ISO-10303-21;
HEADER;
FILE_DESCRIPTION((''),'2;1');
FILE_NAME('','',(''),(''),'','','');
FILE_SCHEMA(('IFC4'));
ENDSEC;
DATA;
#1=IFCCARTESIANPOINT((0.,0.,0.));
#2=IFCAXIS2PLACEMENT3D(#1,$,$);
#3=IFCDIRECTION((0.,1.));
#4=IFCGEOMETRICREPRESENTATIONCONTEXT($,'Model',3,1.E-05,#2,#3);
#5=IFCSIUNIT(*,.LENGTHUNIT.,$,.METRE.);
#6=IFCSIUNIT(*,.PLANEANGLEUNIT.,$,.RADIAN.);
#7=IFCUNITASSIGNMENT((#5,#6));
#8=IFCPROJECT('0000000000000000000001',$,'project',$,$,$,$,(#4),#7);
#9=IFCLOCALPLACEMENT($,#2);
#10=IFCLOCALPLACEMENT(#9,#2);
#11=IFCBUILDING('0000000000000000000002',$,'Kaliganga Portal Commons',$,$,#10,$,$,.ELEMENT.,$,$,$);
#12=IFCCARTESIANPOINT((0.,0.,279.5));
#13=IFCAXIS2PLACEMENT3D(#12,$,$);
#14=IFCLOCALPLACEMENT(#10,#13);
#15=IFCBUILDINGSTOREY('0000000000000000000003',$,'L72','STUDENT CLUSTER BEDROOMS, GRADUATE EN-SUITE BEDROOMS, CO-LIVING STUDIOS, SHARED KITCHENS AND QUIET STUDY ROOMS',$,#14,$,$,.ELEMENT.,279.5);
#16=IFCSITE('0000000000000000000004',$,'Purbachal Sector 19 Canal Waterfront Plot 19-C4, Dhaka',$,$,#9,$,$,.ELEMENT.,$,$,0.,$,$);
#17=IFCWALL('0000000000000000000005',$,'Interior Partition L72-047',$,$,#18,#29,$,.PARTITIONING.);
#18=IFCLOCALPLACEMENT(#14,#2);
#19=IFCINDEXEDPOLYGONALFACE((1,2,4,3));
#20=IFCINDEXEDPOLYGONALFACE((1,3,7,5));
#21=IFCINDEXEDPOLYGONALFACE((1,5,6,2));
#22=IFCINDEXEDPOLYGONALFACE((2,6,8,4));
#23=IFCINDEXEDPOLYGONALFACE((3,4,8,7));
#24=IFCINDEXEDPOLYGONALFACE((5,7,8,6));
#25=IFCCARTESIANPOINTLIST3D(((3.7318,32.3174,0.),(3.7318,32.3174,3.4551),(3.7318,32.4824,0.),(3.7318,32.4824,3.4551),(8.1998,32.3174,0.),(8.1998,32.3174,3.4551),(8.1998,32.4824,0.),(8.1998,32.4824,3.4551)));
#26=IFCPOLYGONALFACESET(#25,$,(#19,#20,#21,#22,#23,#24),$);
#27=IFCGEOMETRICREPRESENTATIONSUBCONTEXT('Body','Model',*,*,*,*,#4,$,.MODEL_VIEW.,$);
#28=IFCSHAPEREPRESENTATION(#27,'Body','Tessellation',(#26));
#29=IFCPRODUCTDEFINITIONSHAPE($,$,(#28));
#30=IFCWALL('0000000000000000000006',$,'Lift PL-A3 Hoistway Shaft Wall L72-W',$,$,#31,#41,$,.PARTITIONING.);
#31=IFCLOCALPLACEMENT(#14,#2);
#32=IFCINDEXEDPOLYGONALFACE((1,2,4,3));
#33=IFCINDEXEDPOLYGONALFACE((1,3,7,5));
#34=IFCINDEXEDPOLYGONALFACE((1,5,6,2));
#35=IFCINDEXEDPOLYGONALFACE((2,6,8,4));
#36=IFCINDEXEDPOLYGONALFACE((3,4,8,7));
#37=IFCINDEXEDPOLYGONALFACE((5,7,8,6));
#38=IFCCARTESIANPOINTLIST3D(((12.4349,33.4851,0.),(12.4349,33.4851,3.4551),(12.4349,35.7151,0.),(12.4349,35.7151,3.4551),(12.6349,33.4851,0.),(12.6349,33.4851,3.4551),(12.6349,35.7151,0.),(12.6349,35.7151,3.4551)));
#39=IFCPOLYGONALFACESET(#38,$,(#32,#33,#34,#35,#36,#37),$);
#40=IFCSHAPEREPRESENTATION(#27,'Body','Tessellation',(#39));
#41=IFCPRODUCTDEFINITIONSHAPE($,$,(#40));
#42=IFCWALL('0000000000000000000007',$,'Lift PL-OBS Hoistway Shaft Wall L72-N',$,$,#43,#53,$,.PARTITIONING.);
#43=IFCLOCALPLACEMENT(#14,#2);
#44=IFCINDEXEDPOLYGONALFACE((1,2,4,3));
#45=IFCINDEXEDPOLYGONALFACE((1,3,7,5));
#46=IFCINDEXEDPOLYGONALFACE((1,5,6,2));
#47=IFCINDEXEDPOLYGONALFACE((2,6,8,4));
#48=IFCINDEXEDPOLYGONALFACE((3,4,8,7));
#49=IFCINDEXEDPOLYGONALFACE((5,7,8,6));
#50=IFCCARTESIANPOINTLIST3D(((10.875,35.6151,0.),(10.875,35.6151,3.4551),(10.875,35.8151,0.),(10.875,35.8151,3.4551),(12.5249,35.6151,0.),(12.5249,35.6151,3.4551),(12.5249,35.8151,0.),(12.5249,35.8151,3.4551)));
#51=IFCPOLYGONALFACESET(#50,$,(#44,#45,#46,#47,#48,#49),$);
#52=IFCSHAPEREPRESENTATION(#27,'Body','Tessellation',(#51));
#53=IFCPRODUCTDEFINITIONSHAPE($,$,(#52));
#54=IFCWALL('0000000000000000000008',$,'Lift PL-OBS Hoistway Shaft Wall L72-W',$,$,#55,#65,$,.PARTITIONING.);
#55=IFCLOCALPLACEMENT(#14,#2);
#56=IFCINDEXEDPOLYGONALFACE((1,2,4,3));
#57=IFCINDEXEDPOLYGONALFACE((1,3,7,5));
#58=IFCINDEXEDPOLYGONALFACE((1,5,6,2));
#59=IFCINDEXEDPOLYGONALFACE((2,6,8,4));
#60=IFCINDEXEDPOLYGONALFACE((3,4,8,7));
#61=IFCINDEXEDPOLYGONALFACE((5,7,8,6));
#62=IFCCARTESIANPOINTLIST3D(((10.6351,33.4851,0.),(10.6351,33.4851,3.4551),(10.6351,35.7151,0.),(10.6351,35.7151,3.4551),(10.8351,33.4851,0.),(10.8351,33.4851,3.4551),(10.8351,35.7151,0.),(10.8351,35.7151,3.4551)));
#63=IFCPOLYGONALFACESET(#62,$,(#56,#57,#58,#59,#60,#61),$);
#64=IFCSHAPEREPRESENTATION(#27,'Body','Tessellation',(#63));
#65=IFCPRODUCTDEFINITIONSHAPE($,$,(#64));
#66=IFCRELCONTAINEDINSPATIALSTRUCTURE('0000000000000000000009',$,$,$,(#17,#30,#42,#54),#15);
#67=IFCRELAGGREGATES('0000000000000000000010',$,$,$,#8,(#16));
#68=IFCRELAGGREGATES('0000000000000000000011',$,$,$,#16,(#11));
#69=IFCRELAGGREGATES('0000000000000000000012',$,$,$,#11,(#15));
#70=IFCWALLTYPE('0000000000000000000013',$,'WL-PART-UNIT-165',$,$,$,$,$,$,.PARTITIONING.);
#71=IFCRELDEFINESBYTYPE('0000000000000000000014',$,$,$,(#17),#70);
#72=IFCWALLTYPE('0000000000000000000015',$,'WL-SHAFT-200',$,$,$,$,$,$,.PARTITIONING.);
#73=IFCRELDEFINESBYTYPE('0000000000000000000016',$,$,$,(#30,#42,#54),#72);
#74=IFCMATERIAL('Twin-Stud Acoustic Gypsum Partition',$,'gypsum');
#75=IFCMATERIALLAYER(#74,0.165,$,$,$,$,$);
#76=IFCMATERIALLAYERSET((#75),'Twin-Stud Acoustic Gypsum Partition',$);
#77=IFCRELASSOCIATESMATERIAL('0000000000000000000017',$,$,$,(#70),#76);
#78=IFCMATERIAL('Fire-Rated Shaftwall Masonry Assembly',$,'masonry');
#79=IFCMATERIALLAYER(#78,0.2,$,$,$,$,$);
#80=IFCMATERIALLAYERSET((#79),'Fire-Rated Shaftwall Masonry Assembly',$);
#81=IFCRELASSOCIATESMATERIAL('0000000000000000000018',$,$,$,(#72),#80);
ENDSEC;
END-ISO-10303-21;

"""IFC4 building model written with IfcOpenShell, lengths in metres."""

from ifc_helpers import new_model, si_unit, direction, frame, frame_2d, origin, place, context, subcontext, project, spatial, rectangle, extrude, material, layer, layer_set, type_object, element, save


model = new_model("IFC4")

# Units and contexts
model_context = context("Model", 3, precision=1e-05, world=origin(), true_north=direction((0.0, 1.0)))
body_context = subcontext(model_context, "Body", "Model", "MODEL_VIEW")
ifc_project = project(units=[si_unit("LENGTHUNIT", "METRE"), si_unit("PLANEANGLEUNIT", "RADIAN")], contexts=[model_context])

# Site, building, storey
site_placement = place(None, origin())
site = spatial("IfcSite", under=ifc_project, at=site_placement, Name="Purbachal Sector 19 Canal Waterfront Plot 19-C4, Dhaka", CompositionType="ELEMENT", RefElevation=0.0)
building_placement = place(site_placement, origin())
building = spatial("IfcBuilding", under=site, at=building_placement, Name="Kaliganga Portal Commons", CompositionType="ELEMENT")
storey_placement = place(building_placement, frame((0.0, 0.0, 279.5)))
storey = spatial("IfcBuildingStorey", under=building, at=storey_placement, Name="L72", Description="STUDENT CLUSTER BEDROOMS, GRADUATE EN-SUITE BEDROOMS, CO-LIVING STUDIOS, SHARED KITCHENS AND QUIET STUDY ROOMS", CompositionType="ELEMENT", Elevation=279.5)

# Walls
ifc_material_1 = material(Name="Twin-Stud Acoustic Gypsum Partition", Category="gypsum")
ifc_layer_1 = layer(ifc_material_1, 0.165)
ifc_layer_set_1 = layer_set([ifc_layer_1], Name="Twin-Stud Acoustic Gypsum Partition")
wall_type_1 = type_object("IfcWallType", Name="WL-PART-UNIT-165", PredefinedType="PARTITIONING", material=ifc_layer_set_1)
wall_1_placement = place(storey_placement, frame((3.7319, 32.3999, 0.0), z_axis=(0.0, 0.0, 1.0), x_axis=(1.0, 0.0, 0.0)))
element("IfcWall", 1, at=wall_1_placement, inside=storey, type_object=wall_type_1, Name="Interior Partition L72-047", PredefinedType="PARTITIONING", context=body_context, shape_type="SweptSolid", body=[
    extrude(rectangle(XDim=4.468, YDim=0.165, at=frame_2d((2.2339, 0.0))), origin(), (0.0, 0.0, 1.0), 3.4551),
])
ifc_material_2 = material(Name="Fire-Rated Shaftwall Masonry Assembly", Category="masonry")
ifc_layer_2 = layer(ifc_material_2, 0.2)
ifc_layer_set_2 = layer_set([ifc_layer_2], Name="Fire-Rated Shaftwall Masonry Assembly")
wall_type_2 = type_object("IfcWallType", Name="WL-SHAFT-200", PredefinedType="PARTITIONING", material=ifc_layer_set_2)
wall_2_placement = place(storey_placement, frame((12.5349, 33.4851, 0.0), z_axis=(0.0, 0.0, 1.0), x_axis=(0.0, 1.0, 0.0)))
element("IfcWall", 2, at=wall_2_placement, inside=storey, type_object=wall_type_2, Name="Lift PL-A3 Hoistway Shaft Wall L72-W", PredefinedType="PARTITIONING", context=body_context, shape_type="SweptSolid", body=[
    extrude(rectangle(XDim=2.23, YDim=0.2, at=frame_2d((1.115, 0.0))), origin(), (0.0, 0.0, 1.0), 3.4551),
])

# Walls
wall_3_placement = place(storey_placement, frame((10.875, 35.7151, 0.0), z_axis=(0.0, 0.0, 1.0), x_axis=(1.0, 0.0, 0.0)))
element("IfcWall", 3, at=wall_3_placement, inside=storey, type_object=wall_type_2, Name="Lift PL-OBS Hoistway Shaft Wall L72-N", PredefinedType="PARTITIONING", context=body_context, shape_type="SweptSolid", body=[
    extrude(rectangle(XDim=1.6499, YDim=0.2, at=frame_2d((0.825, 0.0))), origin(), (0.0, 0.0, 1.0), 3.4551),
])
wall_4_placement = place(storey_placement, frame((10.7351, 33.4851, 0.0), z_axis=(0.0, 0.0, 1.0), x_axis=(0.0, 1.0, 0.0)))
element("IfcWall", 4, at=wall_4_placement, inside=storey, type_object=wall_type_2, Name="Lift PL-OBS Hoistway Shaft Wall L72-W", PredefinedType="PARTITIONING", context=body_context, shape_type="SweptSolid", body=[
    extrude(rectangle(XDim=2.23, YDim=0.2, at=frame_2d((1.115, 0.0))), origin(), (0.0, 0.0, 1.0), 3.4551),
])

save(model, "model.ifc")
